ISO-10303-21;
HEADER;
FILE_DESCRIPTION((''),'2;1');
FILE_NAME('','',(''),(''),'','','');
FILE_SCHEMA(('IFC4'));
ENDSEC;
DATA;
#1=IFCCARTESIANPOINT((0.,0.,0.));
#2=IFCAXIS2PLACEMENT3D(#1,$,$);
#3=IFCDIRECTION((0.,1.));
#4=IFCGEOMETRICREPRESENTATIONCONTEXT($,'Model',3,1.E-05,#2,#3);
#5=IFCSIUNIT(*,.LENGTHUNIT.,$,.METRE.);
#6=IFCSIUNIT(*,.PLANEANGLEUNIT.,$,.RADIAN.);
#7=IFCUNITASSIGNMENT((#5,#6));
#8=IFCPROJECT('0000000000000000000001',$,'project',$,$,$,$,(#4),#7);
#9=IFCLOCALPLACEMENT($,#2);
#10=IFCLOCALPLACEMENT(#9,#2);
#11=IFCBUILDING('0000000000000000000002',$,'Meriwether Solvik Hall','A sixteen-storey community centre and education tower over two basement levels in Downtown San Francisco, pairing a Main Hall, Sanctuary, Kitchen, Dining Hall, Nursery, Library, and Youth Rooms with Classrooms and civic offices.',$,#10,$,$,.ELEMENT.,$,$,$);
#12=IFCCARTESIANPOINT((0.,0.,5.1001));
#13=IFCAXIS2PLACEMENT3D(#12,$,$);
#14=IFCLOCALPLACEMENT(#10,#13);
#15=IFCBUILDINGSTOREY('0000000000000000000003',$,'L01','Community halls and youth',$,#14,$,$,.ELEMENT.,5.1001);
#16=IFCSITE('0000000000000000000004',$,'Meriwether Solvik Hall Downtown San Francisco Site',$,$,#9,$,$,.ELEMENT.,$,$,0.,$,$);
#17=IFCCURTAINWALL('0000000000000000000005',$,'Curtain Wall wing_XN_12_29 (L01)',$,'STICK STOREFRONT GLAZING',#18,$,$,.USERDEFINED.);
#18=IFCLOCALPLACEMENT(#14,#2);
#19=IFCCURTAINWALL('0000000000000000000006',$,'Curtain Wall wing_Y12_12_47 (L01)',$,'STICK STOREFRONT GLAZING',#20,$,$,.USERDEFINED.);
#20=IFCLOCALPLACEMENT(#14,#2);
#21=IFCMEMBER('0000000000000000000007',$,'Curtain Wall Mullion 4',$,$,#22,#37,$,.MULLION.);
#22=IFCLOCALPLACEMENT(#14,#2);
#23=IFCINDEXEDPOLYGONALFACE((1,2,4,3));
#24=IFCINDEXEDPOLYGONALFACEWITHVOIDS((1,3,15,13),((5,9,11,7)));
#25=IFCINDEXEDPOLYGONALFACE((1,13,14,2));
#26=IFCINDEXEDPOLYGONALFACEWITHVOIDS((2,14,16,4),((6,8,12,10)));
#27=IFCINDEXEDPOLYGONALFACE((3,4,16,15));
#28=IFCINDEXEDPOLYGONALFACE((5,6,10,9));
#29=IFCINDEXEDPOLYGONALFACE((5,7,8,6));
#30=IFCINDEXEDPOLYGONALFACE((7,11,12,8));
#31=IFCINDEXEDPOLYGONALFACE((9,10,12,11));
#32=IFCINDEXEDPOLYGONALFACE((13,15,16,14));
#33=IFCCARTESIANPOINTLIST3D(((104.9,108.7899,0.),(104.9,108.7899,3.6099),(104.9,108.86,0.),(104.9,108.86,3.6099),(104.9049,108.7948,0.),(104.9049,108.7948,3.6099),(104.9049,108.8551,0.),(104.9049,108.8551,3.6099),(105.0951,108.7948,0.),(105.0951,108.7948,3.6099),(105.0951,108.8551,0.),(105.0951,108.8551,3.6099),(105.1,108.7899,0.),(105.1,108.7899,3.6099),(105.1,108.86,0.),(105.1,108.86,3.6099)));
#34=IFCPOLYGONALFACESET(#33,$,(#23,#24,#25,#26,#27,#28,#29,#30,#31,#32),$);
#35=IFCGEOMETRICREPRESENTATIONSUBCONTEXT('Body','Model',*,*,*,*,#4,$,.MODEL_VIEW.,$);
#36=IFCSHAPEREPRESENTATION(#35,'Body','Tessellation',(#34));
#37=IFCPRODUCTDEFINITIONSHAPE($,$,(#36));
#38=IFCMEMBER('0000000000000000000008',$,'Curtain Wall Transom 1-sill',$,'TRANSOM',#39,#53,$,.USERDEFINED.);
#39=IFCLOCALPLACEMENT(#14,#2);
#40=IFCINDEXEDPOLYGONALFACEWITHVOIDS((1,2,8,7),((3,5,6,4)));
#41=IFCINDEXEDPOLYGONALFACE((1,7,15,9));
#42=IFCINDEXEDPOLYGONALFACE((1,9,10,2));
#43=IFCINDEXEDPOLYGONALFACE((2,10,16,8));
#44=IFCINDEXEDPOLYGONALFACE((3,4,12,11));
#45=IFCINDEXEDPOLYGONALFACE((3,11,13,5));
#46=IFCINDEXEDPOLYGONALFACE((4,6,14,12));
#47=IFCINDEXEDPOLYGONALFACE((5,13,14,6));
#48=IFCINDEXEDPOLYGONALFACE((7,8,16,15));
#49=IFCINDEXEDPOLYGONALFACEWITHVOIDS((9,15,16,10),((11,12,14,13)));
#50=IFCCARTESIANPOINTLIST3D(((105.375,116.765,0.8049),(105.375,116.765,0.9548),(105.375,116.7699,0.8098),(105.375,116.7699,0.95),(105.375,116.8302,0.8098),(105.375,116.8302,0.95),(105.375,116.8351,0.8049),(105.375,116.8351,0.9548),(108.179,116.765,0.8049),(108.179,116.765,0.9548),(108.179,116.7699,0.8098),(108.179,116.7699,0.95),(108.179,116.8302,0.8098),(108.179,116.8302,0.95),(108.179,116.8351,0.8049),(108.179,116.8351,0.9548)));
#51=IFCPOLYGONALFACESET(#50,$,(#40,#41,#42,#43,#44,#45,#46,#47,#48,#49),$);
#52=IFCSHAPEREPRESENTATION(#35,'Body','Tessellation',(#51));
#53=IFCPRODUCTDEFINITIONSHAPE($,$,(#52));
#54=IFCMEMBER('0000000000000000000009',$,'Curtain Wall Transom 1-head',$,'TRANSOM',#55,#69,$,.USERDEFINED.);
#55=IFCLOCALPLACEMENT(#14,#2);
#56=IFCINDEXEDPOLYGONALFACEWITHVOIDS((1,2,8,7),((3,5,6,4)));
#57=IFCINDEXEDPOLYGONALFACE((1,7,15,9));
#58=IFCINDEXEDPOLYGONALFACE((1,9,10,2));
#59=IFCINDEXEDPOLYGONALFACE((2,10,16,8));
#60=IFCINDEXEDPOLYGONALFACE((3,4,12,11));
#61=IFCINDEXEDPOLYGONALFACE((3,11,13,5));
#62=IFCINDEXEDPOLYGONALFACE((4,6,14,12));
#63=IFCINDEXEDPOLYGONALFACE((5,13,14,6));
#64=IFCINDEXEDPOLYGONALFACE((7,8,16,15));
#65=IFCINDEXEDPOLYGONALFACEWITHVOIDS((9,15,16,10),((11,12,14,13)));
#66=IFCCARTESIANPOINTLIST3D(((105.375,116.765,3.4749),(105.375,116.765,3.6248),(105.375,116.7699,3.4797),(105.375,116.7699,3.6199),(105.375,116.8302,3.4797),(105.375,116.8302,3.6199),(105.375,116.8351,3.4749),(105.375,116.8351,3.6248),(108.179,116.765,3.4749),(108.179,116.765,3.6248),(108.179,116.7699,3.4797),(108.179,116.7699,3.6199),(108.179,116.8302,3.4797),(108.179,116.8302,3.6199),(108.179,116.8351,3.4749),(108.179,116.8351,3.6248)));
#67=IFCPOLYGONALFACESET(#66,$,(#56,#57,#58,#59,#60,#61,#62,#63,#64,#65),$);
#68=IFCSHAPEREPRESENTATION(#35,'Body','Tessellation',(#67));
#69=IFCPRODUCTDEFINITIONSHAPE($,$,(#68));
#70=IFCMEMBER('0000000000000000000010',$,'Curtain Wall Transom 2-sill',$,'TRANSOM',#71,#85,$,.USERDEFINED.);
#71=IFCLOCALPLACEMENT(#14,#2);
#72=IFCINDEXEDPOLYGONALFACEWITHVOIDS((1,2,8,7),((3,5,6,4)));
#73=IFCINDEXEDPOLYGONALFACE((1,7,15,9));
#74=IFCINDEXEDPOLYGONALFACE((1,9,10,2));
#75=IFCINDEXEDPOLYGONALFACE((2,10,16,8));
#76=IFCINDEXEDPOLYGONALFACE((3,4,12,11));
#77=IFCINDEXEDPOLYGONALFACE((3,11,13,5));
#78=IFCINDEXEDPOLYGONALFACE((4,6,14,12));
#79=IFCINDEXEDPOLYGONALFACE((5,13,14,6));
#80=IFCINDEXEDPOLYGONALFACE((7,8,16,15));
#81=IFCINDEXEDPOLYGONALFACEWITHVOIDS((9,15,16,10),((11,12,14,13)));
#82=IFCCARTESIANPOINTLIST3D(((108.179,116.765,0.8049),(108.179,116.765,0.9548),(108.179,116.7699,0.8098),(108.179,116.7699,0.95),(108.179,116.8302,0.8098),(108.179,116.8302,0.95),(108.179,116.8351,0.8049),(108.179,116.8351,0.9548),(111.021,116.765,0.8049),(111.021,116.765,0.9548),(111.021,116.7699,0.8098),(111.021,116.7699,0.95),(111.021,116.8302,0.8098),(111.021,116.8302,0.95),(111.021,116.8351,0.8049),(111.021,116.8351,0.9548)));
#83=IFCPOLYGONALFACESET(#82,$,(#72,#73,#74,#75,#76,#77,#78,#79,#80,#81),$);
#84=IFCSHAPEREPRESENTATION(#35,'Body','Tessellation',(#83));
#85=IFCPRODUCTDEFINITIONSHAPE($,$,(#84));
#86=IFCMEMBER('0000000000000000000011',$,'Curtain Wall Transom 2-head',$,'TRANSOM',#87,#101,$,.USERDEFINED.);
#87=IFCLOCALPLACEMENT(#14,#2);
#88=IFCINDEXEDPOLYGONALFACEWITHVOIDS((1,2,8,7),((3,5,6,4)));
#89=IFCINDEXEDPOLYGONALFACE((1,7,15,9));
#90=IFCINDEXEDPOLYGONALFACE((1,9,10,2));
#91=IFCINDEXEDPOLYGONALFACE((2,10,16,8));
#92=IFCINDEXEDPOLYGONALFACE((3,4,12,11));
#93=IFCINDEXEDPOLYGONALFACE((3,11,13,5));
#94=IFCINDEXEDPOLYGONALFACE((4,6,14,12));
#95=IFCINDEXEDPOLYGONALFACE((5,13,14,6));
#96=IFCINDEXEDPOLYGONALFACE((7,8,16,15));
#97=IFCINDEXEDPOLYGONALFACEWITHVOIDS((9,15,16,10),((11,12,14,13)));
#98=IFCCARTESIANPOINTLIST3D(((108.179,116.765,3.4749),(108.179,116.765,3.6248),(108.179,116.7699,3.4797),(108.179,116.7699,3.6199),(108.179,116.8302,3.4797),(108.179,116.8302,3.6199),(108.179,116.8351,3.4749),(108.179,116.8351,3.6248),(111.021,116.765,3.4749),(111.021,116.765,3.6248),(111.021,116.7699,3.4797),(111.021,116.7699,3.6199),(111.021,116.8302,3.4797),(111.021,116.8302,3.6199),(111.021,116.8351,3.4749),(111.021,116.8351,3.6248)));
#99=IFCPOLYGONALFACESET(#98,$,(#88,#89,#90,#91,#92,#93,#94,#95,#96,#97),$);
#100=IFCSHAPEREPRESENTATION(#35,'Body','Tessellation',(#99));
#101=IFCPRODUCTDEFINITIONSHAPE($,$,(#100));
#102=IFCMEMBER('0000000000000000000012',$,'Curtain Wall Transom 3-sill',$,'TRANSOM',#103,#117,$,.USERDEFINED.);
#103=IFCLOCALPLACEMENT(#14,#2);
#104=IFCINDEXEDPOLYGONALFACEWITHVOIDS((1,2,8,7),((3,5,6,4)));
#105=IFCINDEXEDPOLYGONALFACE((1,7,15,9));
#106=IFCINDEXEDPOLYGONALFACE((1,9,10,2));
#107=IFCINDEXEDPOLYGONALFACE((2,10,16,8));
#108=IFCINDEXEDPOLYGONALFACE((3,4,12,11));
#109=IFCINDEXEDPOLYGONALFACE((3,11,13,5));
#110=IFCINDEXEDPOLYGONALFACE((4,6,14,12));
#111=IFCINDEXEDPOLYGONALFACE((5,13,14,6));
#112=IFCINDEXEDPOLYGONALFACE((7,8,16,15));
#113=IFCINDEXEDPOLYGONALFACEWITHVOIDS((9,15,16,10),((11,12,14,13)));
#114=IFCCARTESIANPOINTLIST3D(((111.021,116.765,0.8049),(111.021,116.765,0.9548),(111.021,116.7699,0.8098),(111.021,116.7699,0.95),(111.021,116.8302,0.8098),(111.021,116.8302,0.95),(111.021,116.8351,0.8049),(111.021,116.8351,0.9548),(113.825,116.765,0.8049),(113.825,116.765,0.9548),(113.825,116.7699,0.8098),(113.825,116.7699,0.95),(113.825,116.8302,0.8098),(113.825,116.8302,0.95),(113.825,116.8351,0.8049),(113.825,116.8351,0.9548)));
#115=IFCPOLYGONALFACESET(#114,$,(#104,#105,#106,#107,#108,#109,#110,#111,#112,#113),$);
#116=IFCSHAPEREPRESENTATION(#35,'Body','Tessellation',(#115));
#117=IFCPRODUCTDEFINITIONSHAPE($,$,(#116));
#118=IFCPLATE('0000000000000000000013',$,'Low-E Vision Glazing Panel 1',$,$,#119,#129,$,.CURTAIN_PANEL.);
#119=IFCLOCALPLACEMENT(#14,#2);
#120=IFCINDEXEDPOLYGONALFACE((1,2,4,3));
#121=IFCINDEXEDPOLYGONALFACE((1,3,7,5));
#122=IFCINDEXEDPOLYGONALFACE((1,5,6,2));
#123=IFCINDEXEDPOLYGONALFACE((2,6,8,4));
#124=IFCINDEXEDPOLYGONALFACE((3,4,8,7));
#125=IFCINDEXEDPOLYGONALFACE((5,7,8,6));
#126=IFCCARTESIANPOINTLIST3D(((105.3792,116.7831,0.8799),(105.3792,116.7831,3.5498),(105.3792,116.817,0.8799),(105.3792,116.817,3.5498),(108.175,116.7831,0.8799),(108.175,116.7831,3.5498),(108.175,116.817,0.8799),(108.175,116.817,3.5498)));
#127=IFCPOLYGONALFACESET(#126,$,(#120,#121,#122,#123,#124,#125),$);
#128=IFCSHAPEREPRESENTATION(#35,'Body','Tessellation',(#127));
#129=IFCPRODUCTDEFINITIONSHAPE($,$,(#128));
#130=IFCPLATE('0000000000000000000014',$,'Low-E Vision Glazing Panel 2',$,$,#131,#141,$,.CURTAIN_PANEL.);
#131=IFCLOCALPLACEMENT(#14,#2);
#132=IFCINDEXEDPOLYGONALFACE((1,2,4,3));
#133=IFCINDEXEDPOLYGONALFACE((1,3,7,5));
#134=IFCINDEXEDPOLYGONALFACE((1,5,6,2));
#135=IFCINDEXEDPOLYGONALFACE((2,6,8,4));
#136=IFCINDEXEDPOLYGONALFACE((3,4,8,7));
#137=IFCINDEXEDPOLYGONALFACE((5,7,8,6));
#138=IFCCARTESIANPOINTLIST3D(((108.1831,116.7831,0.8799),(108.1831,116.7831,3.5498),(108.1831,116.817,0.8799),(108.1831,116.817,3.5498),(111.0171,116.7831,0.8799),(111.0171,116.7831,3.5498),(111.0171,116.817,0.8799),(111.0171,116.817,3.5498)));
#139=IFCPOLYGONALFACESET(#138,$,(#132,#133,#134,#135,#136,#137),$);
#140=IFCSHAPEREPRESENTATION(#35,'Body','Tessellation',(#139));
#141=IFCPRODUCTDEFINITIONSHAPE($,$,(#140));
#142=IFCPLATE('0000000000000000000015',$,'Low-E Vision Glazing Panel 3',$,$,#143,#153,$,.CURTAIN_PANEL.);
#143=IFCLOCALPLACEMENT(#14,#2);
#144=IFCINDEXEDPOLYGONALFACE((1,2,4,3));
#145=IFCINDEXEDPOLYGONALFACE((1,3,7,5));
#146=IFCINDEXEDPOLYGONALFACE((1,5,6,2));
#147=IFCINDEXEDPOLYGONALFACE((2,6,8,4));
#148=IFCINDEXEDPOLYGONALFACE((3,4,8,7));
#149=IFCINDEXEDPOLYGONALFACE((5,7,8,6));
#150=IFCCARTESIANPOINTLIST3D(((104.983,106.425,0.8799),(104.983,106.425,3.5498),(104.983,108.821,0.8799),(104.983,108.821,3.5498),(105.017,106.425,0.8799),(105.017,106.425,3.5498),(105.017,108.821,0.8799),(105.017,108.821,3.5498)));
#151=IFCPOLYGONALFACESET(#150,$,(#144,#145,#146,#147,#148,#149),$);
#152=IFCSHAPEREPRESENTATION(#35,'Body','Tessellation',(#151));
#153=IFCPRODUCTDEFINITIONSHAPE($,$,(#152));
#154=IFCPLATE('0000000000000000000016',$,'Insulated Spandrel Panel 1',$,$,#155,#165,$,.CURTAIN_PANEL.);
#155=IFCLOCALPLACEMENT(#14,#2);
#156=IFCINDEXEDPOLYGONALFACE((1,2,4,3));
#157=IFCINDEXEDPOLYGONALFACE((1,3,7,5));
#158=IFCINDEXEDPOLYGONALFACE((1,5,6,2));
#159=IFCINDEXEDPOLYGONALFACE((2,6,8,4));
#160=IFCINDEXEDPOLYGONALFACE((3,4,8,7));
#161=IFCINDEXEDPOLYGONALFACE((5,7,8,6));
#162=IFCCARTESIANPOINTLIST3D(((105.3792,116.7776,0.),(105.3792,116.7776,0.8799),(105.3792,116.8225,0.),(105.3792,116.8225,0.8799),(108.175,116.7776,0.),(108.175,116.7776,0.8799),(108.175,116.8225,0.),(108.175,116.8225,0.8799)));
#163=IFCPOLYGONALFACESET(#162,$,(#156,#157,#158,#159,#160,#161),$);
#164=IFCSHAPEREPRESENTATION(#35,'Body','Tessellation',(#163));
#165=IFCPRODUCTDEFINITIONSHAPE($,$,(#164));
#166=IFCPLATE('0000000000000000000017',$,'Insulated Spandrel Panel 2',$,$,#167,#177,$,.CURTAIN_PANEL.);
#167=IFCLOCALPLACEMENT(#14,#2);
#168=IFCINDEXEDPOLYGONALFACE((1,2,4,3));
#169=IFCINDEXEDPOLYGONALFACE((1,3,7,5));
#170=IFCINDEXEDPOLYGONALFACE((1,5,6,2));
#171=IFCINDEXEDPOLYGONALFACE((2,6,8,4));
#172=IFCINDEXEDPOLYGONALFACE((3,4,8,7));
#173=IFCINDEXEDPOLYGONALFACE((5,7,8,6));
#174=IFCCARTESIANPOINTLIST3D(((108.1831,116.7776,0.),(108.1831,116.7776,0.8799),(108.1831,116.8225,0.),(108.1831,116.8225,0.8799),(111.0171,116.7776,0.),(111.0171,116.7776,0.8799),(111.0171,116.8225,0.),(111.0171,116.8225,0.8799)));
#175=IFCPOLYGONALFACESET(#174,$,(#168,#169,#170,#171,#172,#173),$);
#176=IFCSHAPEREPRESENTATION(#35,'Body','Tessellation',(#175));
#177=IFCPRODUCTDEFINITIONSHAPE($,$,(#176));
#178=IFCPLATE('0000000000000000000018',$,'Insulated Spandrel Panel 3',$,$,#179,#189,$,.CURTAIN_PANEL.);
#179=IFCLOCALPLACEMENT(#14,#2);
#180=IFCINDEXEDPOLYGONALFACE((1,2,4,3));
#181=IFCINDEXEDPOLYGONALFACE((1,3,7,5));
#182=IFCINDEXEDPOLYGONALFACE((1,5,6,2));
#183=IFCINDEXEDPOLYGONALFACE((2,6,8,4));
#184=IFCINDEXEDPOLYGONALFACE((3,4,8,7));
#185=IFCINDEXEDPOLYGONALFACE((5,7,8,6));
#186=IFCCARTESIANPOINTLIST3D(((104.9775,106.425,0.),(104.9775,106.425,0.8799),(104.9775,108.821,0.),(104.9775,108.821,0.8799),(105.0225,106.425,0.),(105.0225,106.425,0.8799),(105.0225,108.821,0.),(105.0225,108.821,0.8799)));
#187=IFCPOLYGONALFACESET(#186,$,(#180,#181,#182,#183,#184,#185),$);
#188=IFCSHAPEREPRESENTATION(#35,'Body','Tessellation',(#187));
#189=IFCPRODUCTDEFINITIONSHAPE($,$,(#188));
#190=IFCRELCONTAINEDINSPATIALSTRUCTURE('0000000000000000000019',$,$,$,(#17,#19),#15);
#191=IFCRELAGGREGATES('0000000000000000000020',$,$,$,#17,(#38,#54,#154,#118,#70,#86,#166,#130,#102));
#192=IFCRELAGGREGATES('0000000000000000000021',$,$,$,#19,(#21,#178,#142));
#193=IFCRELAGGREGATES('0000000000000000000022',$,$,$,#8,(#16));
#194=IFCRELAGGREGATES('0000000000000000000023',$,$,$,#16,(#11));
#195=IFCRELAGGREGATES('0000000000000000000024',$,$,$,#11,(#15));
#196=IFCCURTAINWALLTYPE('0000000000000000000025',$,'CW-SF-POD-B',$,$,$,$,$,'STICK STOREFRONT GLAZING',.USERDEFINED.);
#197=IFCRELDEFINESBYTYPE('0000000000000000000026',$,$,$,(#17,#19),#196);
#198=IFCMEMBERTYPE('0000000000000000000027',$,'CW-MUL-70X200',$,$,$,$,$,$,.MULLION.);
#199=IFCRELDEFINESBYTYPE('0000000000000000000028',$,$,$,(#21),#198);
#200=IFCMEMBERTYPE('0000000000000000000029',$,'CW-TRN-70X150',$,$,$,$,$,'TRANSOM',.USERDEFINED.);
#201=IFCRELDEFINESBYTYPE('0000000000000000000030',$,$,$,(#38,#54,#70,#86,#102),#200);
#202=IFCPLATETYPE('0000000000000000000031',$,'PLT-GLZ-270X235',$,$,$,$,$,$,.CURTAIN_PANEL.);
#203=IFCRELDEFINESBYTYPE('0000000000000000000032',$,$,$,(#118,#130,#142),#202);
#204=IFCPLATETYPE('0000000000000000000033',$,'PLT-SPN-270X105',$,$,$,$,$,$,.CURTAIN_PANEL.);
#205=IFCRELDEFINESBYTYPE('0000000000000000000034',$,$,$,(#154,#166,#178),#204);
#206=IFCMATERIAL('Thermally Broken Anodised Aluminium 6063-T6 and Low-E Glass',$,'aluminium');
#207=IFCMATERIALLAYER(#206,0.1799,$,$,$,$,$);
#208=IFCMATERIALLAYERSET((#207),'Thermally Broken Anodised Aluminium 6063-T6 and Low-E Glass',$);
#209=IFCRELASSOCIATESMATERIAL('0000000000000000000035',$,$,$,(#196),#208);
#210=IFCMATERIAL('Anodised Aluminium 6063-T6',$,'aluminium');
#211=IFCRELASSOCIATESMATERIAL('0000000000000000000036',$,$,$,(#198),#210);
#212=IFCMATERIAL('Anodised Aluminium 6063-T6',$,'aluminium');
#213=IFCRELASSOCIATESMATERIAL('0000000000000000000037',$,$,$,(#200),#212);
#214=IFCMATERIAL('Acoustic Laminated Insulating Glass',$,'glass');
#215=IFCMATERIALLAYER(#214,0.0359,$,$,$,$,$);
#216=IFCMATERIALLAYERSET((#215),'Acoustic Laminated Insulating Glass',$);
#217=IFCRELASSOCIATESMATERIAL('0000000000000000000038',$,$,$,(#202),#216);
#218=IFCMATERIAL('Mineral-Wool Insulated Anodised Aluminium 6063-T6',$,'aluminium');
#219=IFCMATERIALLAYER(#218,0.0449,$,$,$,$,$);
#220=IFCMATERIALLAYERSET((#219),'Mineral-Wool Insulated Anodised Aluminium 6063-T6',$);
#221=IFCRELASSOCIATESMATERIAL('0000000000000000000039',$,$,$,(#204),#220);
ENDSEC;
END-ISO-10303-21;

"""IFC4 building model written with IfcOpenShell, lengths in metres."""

from ifc_helpers import new_model, si_unit, direction, frame, origin, origin_2d, place, context, subcontext, project, spatial, rectangle, hollow_rectangle, extrude, material, layer, layer_set, material_profile, profile_set, type_object, element, aggregate, save


model = new_model("IFC4")

# Units and contexts
model_context = context("Model", 3, precision=1e-05, world=origin(), true_north=direction((0.0, 1.0)))
body_context = subcontext(model_context, "Body", "Model", "MODEL_VIEW")
ifc_project = project(units=[si_unit("LENGTHUNIT", "METRE"), si_unit("PLANEANGLEUNIT", "RADIAN")], contexts=[model_context])

# Site, building, storey
site_placement = place(None, origin())
site = spatial("IfcSite", under=ifc_project, at=site_placement, Name="Meriwether Solvik Hall Downtown San Francisco Site", CompositionType="ELEMENT", RefElevation=0.0)
building_placement = place(site_placement, origin())
building = spatial("IfcBuilding", under=site, at=building_placement, Name="Meriwether Solvik Hall", Description="A sixteen-storey community centre and education tower over two basement levels in Downtown San Francisco, pairing a Main Hall, Sanctuary, Kitchen, Dining Hall, Nursery, Library, and Youth Rooms with Classrooms and civic offices.", CompositionType="ELEMENT")
storey_placement = place(building_placement, frame((0.0, 0.0, 5.1001)))
storey = spatial("IfcBuildingStorey", under=building, at=storey_placement, Name="L01", Description="Community halls and youth", CompositionType="ELEMENT", Elevation=5.1001)

# Curtain wall
ifc_material_1 = material(Name="Thermally Broken Anodised Aluminium 6063-T6 and Low-E Glass", Category="aluminium")
ifc_layer_1 = layer(ifc_material_1, 0.1799)
ifc_layer_set_1 = layer_set([ifc_layer_1], Name="Thermally Broken Anodised Aluminium 6063-T6 and Low-E Glass")
curtain_wall_type = type_object("IfcCurtainWallType", Name="CW-SF-POD-B", ElementType="STICK STOREFRONT GLAZING", PredefinedType="USERDEFINED", material=ifc_layer_set_1)
curtain_wall_1_placement = place(storey_placement, origin())
curtain_wall_1 = element("IfcCurtainWall", 1, at=curtain_wall_1_placement, inside=storey, type_object=curtain_wall_type, Name="Curtain Wall wing_XN_12_29 (L01)", ObjectType="STICK STOREFRONT GLAZING", PredefinedType="USERDEFINED")
ifc_material_2 = material(Name="Anodised Aluminium 6063-T6", Category="aluminium")
ifc_material_profile_1 = material_profile(ifc_material_2, hollow_rectangle(XDim=0.0701, YDim=0.2, WallThickness=0.0049, at=origin_2d()), Name="CWM-70X200")
ifc_profile_set_1 = profile_set([ifc_material_profile_1], Name="Anodised Aluminium 6063-T6")
member_type_1 = type_object("IfcMemberType", Name="CW-MUL-70X200", PredefinedType="MULLION", material=ifc_profile_set_1)

# Curtain wall, member
curtain_wall_2_placement = place(storey_placement, origin())
curtain_wall_2 = element("IfcCurtainWall", 2, at=curtain_wall_2_placement, inside=storey, type_object=curtain_wall_type, Name="Curtain Wall wing_Y12_12_47 (L01)", ObjectType="STICK STOREFRONT GLAZING", PredefinedType="USERDEFINED")
member_1_placement = place(storey_placement, frame((105.0, 108.825, 0.0), z_axis=(0.0, 0.0, 1.0), x_axis=(0.0, 1.0, 0.0)))
member_1 = element("IfcMember", 3, at=member_1_placement, type_object=member_type_1, Name="Curtain Wall Mullion 4", PredefinedType="MULLION", context=body_context, shape_type="SweptSolid", body=[
    extrude(hollow_rectangle(XDim=0.0701, YDim=0.2, WallThickness=0.0049, at=origin_2d()), origin(), (0.0, 0.0, 1.0), 3.6099),
])

# Members
ifc_material_3 = material(Name="Anodised Aluminium 6063-T6", Category="aluminium")
ifc_material_profile_2 = material_profile(ifc_material_3, hollow_rectangle(XDim=0.0701, YDim=0.1499, WallThickness=0.0049, at=origin_2d()), Name="CWT-70X150")
ifc_profile_set_2 = profile_set([ifc_material_profile_2], Name="Anodised Aluminium 6063-T6")
member_type_2 = type_object("IfcMemberType", Name="CW-TRN-70X150", ElementType="TRANSOM", PredefinedType="USERDEFINED", material=ifc_profile_set_2)
member_2_placement = place(storey_placement, frame((105.375, 116.8, 0.8799), z_axis=(1.0, 0.0, 0.0), x_axis=(0.0, 1.0, 0.0)))
member_2 = element("IfcMember", 4, at=member_2_placement, type_object=member_type_2, Name="Curtain Wall Transom 1-sill", ObjectType="TRANSOM", PredefinedType="USERDEFINED", context=body_context, shape_type="SweptSolid", body=[
    extrude(hollow_rectangle(XDim=0.0701, YDim=0.1499, WallThickness=0.0049, at=origin_2d()), origin(), (0.0, 0.0, 1.0), 2.804),
])
member_3_placement = place(storey_placement, frame((105.375, 116.8, 3.5498), z_axis=(1.0, 0.0, 0.0), x_axis=(0.0, 1.0, 0.0)))
member_3 = element("IfcMember", 5, at=member_3_placement, type_object=member_type_2, Name="Curtain Wall Transom 1-head", ObjectType="TRANSOM", PredefinedType="USERDEFINED", context=body_context, shape_type="SweptSolid", body=[
    extrude(hollow_rectangle(XDim=0.0701, YDim=0.1499, WallThickness=0.0049, at=origin_2d()), origin(), (0.0, 0.0, 1.0), 2.804),
])
member_4_placement = place(storey_placement, frame((108.179, 116.8, 0.8799), z_axis=(1.0, 0.0, 0.0), x_axis=(0.0, 1.0, 0.0)))
member_4 = element("IfcMember", 6, at=member_4_placement, type_object=member_type_2, Name="Curtain Wall Transom 2-sill", ObjectType="TRANSOM", PredefinedType="USERDEFINED", context=body_context, shape_type="SweptSolid", body=[
    extrude(hollow_rectangle(XDim=0.0701, YDim=0.1499, WallThickness=0.0049, at=origin_2d()), origin(), (0.0, 0.0, 1.0), 2.842),
])
member_5_placement = place(storey_placement, frame((108.179, 116.8, 3.5498), z_axis=(1.0, 0.0, 0.0), x_axis=(0.0, 1.0, 0.0)))
member_5 = element("IfcMember", 7, at=member_5_placement, type_object=member_type_2, Name="Curtain Wall Transom 2-head", ObjectType="TRANSOM", PredefinedType="USERDEFINED", context=body_context, shape_type="SweptSolid", body=[
    extrude(hollow_rectangle(XDim=0.0701, YDim=0.1499, WallThickness=0.0049, at=origin_2d()), origin(), (0.0, 0.0, 1.0), 2.842),
])
member_6_placement = place(storey_placement, frame((111.021, 116.8, 0.8799), z_axis=(1.0, 0.0, 0.0), x_axis=(0.0, 1.0, 0.0)))
member_6 = element("IfcMember", 8, at=member_6_placement, type_object=member_type_2, Name="Curtain Wall Transom 3-sill", ObjectType="TRANSOM", PredefinedType="USERDEFINED", context=body_context, shape_type="SweptSolid", body=[
    extrude(hollow_rectangle(XDim=0.0701, YDim=0.1499, WallThickness=0.0049, at=origin_2d()), origin(), (0.0, 0.0, 1.0), 2.804),
])

# Plates
ifc_material_4 = material(Name="Acoustic Laminated Insulating Glass", Category="glass")
ifc_layer_2 = layer(ifc_material_4, 0.0359)
ifc_layer_set_2 = layer_set([ifc_layer_2], Name="Acoustic Laminated Insulating Glass")
plate_type_1 = type_object("IfcPlateType", Name="PLT-GLZ-270X235", PredefinedType="CURTAIN_PANEL", material=ifc_layer_set_2)
plate_1_placement = place(storey_placement, frame((106.7771, 116.8, 0.8799), z_axis=(0.0, 0.0, 1.0), x_axis=(1.0, 0.0, 0.0)))
plate_1 = element("IfcPlate", 9, at=plate_1_placement, type_object=plate_type_1, Name="Low-E Vision Glazing Panel 1", PredefinedType="CURTAIN_PANEL", context=body_context, shape_type="SweptSolid", body=[
    extrude(rectangle(XDim=2.7959, YDim=0.0339, at=origin_2d()), origin(), (0.0, 0.0, 1.0), 2.6699),
])
plate_2_placement = place(storey_placement, frame((109.6001, 116.8, 0.8799), z_axis=(0.0, 0.0, 1.0), x_axis=(1.0, 0.0, 0.0)))
plate_2 = element("IfcPlate", 10, at=plate_2_placement, type_object=plate_type_1, Name="Low-E Vision Glazing Panel 2", PredefinedType="CURTAIN_PANEL", context=body_context, shape_type="SweptSolid", body=[
    extrude(rectangle(XDim=2.834, YDim=0.0339, at=origin_2d()), origin(), (0.0, 0.0, 1.0), 2.6699),
])
plate_3_placement = place(storey_placement, frame((105.0, 107.623, 0.8799), z_axis=(0.0, 0.0, 1.0), x_axis=(0.0, 1.0, 0.0)))
plate_3 = element("IfcPlate", 11, at=plate_3_placement, type_object=plate_type_1, Name="Low-E Vision Glazing Panel 3", PredefinedType="CURTAIN_PANEL", context=body_context, shape_type="SweptSolid", body=[
    extrude(rectangle(XDim=2.396, YDim=0.0339, at=origin_2d()), origin(), (0.0, 0.0, 1.0), 2.6699),
])
ifc_material_5 = material(Name="Mineral-Wool Insulated Anodised Aluminium 6063-T6", Category="aluminium")
ifc_layer_3 = layer(ifc_material_5, 0.0449)
ifc_layer_set_3 = layer_set([ifc_layer_3], Name="Mineral-Wool Insulated Anodised Aluminium 6063-T6")
plate_type_2 = type_object("IfcPlateType", Name="PLT-SPN-270X105", PredefinedType="CURTAIN_PANEL", material=ifc_layer_set_3)
plate_4_placement = place(storey_placement, frame((106.7771, 116.8, 0.0), z_axis=(0.0, 0.0, 1.0), x_axis=(1.0, 0.0, 0.0)))
plate_4 = element("IfcPlate", 12, at=plate_4_placement, type_object=plate_type_2, Name="Insulated Spandrel Panel 1", PredefinedType="CURTAIN_PANEL", context=body_context, shape_type="SweptSolid", body=[
    extrude(rectangle(XDim=2.7959, YDim=0.0449, at=origin_2d()), origin(), (0.0, 0.0, 1.0), 0.8799),
])
plate_5_placement = place(storey_placement, frame((109.6001, 116.8, 0.0), z_axis=(0.0, 0.0, 1.0), x_axis=(1.0, 0.0, 0.0)))
plate_5 = element("IfcPlate", 13, at=plate_5_placement, type_object=plate_type_2, Name="Insulated Spandrel Panel 2", PredefinedType="CURTAIN_PANEL", context=body_context, shape_type="SweptSolid", body=[
    extrude(rectangle(XDim=2.834, YDim=0.0449, at=origin_2d()), origin(), (0.0, 0.0, 1.0), 0.8799),
])
aggregate(curtain_wall_1, [member_2, member_3, plate_4, plate_1, member_4, member_5, plate_5, plate_2, member_6])
plate_6_placement = place(storey_placement, frame((105.0, 107.623, 0.0), z_axis=(0.0, 0.0, 1.0), x_axis=(0.0, 1.0, 0.0)))
plate_6 = element("IfcPlate", 14, at=plate_6_placement, type_object=plate_type_2, Name="Insulated Spandrel Panel 3", PredefinedType="CURTAIN_PANEL", context=body_context, shape_type="SweptSolid", body=[
    extrude(rectangle(XDim=2.396, YDim=0.0449, at=origin_2d()), origin(), (0.0, 0.0, 1.0), 0.8799),
])
aggregate(curtain_wall_2, [member_1, plate_6, plate_3])

save(model, "model.ifc")
